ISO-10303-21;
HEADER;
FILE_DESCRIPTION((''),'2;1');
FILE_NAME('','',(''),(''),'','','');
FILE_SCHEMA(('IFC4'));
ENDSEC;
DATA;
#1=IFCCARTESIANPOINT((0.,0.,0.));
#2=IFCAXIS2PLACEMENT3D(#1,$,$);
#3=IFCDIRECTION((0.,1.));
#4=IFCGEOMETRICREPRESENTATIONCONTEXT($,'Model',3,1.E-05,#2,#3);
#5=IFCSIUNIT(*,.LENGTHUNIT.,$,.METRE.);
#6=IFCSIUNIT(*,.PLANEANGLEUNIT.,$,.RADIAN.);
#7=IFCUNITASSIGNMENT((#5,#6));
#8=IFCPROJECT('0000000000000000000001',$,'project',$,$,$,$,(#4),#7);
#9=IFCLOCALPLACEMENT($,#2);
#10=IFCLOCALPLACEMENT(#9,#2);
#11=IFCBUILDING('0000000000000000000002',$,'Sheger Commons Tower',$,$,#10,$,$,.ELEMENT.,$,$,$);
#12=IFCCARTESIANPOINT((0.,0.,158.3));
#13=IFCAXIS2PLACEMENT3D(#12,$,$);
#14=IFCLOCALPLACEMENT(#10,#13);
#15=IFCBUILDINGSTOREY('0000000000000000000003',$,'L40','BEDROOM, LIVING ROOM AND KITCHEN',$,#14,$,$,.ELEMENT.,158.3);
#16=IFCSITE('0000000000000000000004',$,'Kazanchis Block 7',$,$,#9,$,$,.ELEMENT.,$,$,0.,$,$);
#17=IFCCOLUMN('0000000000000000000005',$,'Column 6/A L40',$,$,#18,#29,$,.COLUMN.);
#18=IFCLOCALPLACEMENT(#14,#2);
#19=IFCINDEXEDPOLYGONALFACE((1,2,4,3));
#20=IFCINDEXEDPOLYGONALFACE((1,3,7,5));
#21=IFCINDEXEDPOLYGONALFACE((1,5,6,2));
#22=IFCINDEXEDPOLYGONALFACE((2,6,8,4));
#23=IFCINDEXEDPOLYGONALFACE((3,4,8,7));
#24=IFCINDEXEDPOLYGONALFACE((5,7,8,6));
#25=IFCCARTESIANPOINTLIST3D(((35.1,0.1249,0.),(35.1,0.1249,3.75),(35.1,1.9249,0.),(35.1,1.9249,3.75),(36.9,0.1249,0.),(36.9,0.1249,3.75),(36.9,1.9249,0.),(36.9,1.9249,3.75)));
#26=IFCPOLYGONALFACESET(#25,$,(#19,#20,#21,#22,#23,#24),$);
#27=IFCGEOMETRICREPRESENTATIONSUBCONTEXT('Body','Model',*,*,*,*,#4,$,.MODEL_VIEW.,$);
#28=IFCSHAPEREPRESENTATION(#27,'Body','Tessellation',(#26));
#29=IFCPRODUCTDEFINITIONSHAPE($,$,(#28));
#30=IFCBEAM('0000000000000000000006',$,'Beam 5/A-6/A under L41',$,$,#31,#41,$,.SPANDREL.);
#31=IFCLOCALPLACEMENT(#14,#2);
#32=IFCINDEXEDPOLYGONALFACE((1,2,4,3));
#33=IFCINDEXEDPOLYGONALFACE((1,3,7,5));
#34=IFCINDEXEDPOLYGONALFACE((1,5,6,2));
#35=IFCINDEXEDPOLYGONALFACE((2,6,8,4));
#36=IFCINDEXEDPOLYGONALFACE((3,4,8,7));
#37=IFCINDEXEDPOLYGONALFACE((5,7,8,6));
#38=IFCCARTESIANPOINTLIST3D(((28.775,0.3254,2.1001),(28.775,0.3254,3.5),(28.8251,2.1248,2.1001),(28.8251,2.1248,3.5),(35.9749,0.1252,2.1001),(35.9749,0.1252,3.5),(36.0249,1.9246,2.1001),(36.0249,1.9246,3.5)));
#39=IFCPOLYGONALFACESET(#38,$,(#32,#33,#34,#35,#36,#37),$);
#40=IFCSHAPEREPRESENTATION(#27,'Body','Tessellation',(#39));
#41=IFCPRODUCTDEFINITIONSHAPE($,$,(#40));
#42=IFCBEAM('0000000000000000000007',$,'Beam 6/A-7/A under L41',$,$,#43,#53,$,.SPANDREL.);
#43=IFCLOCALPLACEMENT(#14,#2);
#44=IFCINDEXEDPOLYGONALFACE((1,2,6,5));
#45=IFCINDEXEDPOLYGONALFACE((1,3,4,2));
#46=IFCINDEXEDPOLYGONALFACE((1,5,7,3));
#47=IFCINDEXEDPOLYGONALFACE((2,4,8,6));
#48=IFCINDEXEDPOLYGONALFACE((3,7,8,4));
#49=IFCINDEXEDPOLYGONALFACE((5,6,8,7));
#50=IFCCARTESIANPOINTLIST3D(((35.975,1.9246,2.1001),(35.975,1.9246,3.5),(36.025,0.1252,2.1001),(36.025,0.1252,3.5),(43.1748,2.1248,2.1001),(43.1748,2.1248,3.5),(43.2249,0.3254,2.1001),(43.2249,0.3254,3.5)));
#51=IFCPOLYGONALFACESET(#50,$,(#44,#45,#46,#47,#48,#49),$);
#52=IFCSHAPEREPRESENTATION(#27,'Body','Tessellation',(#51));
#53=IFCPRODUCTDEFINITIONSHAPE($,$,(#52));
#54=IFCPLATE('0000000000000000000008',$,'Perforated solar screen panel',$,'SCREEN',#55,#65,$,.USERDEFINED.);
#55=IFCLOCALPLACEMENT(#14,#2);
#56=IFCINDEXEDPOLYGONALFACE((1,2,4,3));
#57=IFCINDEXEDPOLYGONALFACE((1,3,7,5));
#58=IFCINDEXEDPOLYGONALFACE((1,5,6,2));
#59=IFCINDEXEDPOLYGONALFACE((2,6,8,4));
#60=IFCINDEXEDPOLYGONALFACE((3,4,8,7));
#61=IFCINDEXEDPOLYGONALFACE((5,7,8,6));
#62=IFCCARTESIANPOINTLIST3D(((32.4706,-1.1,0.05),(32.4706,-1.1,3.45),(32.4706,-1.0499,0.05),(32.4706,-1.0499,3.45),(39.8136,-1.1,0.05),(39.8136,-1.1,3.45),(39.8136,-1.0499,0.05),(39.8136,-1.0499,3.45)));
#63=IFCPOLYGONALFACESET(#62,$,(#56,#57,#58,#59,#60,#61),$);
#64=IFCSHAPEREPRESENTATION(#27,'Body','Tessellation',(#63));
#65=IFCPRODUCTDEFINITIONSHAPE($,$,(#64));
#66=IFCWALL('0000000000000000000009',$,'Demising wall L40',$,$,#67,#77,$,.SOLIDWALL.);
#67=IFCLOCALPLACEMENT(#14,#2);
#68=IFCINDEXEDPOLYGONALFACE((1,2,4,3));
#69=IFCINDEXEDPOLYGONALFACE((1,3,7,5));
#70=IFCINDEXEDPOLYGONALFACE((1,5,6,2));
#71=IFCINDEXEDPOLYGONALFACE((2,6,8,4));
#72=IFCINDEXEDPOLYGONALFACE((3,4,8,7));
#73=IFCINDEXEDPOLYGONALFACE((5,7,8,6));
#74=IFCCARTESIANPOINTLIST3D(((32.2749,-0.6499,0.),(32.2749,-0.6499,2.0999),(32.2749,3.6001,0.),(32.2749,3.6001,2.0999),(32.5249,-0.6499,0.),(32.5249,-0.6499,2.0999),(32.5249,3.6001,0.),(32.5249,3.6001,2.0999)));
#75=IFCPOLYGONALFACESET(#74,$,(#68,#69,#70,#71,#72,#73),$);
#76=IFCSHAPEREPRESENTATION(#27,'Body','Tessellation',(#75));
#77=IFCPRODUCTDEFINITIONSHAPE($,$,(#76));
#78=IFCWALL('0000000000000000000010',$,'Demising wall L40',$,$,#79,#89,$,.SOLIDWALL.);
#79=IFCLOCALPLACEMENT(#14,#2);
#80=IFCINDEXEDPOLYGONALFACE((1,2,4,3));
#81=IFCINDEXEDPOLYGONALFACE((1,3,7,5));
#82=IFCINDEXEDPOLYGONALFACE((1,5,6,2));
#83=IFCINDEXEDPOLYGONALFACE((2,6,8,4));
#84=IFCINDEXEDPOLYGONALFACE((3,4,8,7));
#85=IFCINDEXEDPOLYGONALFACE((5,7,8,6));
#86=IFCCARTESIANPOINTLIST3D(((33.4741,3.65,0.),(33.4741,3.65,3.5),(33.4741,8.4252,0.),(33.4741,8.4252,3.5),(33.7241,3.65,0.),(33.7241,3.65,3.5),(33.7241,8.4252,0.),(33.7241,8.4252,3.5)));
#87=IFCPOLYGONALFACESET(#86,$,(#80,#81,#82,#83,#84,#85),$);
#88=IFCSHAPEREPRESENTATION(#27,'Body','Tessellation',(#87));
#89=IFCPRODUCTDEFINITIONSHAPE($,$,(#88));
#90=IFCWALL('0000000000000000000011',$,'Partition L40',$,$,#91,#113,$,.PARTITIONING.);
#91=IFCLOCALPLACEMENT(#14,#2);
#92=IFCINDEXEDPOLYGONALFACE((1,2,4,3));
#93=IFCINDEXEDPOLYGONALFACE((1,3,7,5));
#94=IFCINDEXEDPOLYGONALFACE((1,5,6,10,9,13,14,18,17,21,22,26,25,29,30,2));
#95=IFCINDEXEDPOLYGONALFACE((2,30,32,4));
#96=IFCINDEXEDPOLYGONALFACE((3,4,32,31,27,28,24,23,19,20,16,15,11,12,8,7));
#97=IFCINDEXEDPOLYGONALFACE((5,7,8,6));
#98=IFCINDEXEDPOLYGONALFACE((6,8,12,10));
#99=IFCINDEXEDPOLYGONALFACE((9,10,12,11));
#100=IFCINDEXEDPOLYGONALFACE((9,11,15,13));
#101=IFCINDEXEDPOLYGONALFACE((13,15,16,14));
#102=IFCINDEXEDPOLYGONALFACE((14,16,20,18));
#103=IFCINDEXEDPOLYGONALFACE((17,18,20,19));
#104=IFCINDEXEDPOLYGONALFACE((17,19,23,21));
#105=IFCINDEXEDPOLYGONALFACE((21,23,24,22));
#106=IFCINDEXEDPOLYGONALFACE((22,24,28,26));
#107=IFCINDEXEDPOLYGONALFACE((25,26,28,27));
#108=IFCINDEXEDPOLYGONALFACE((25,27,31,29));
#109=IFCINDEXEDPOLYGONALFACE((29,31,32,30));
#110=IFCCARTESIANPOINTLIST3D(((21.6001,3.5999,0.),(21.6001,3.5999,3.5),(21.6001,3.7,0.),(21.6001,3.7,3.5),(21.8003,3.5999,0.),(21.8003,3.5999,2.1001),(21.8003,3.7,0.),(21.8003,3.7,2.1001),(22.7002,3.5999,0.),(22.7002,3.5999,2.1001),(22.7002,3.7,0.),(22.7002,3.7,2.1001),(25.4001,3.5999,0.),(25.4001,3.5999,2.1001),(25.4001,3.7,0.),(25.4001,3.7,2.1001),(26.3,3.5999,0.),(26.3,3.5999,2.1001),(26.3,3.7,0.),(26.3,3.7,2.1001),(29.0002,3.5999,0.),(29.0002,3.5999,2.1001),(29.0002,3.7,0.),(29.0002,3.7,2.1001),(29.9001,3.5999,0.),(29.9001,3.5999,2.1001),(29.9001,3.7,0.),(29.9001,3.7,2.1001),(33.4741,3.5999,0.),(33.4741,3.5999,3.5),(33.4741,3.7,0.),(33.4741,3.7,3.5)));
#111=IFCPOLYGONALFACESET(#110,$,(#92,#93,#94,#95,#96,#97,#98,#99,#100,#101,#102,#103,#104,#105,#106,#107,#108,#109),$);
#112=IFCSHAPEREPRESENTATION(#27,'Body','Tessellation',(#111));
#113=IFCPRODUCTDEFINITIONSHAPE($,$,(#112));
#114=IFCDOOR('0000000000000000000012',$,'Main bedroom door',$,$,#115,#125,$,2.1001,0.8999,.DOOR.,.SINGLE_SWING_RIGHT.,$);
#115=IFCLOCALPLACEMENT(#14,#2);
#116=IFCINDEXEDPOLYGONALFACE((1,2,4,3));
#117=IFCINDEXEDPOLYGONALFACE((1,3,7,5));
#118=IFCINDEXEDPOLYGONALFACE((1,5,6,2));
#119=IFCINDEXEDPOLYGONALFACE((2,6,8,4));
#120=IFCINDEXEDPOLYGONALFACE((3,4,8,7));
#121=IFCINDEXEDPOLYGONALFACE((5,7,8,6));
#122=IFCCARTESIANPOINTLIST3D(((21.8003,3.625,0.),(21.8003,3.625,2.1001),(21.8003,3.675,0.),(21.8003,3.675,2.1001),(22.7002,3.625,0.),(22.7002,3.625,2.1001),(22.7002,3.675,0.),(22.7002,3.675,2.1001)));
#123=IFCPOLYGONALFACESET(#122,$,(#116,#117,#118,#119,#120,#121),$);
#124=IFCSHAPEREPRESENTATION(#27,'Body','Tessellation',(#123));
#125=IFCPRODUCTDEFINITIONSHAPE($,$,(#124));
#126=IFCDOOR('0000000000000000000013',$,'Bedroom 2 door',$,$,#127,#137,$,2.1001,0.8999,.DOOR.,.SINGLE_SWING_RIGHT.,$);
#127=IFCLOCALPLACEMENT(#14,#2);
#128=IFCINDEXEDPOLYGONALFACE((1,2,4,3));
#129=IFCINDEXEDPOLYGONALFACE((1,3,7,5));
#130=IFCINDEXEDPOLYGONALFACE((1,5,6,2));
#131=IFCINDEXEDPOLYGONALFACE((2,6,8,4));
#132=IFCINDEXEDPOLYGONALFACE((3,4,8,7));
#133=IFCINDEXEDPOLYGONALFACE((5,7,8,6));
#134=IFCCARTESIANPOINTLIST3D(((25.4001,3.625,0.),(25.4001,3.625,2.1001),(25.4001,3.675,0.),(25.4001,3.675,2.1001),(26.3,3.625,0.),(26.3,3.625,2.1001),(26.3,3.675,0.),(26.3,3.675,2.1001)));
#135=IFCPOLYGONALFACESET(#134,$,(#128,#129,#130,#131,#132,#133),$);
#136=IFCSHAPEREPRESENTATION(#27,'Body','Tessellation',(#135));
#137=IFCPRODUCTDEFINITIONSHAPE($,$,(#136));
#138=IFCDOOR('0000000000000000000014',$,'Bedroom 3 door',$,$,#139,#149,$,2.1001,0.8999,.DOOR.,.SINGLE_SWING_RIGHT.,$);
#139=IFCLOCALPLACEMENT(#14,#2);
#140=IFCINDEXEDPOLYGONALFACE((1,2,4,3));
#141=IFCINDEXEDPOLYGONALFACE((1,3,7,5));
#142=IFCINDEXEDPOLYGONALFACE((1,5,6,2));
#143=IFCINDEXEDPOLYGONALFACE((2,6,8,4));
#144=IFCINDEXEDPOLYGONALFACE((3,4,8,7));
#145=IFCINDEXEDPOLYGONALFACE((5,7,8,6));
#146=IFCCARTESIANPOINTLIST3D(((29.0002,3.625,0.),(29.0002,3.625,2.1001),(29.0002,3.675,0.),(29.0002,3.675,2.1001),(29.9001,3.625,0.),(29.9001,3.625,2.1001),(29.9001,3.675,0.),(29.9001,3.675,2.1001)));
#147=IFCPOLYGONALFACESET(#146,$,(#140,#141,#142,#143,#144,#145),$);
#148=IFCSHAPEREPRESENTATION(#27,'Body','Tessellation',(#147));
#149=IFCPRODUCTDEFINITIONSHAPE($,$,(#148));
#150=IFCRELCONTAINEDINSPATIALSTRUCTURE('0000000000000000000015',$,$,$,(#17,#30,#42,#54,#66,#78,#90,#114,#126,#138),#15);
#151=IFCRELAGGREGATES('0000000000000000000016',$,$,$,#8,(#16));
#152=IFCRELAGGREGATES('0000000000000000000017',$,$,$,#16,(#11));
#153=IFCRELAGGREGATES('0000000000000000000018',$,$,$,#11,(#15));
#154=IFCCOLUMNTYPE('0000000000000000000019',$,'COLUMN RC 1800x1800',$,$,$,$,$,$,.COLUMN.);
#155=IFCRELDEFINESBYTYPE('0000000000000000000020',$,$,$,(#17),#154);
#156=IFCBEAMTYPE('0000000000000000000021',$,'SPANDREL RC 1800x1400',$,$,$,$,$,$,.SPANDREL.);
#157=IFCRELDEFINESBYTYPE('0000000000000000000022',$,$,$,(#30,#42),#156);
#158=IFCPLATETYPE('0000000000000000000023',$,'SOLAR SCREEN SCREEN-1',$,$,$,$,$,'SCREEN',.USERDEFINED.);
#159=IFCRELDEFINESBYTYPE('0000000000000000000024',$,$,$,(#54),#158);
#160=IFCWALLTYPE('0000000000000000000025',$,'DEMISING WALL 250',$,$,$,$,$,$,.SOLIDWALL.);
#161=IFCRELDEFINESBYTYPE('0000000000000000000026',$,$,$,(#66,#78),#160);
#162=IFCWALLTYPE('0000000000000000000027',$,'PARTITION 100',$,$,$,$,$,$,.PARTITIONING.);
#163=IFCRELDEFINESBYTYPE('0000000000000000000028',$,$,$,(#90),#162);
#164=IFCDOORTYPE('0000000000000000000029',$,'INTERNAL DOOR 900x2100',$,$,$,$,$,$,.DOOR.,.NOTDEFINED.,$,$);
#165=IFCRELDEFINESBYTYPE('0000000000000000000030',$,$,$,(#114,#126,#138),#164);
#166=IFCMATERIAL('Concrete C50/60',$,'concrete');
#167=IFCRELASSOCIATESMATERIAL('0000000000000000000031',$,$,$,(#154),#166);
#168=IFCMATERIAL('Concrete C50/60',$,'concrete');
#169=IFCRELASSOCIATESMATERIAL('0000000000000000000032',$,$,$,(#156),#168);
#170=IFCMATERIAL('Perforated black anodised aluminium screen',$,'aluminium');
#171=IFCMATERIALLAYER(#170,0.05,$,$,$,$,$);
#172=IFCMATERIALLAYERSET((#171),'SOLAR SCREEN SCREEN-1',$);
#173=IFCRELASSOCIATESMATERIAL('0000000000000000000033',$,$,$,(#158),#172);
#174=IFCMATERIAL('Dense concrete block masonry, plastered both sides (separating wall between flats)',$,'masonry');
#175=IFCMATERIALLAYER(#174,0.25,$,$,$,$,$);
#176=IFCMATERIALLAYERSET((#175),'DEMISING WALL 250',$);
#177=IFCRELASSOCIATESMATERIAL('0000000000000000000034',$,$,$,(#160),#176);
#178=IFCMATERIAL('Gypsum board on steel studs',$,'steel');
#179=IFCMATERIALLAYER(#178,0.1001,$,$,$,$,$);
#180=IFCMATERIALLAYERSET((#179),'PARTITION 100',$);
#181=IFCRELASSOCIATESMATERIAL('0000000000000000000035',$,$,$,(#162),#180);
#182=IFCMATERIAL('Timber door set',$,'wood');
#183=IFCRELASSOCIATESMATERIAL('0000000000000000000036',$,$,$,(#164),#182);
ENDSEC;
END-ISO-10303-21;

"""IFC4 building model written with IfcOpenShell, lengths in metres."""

from ifc_helpers import new_model, si_unit, direction, frame, frame_2d, origin, origin_2d, place, context, subcontext, project, spatial, rectangle, extrude, material, layer, layer_set, material_profile, profile_set, type_object, element, fill, save


model = new_model("IFC4")

# Units and contexts
model_context = context("Model", 3, precision=1e-05, world=origin(), true_north=direction((0.0, 1.0)))
body_context = subcontext(model_context, "Body", "Model", "MODEL_VIEW")
ifc_project = project(units=[si_unit("LENGTHUNIT", "METRE"), si_unit("PLANEANGLEUNIT", "RADIAN")], contexts=[model_context])

# Site, building, storey
site_placement = place(None, origin())
site = spatial("IfcSite", under=ifc_project, at=site_placement, Name="Kazanchis Block 7", CompositionType="ELEMENT", RefElevation=0.0)
building_placement = place(site_placement, origin())
building = spatial("IfcBuilding", under=site, at=building_placement, Name="Sheger Commons Tower", CompositionType="ELEMENT")
storey_placement = place(building_placement, frame((0.0, 0.0, 158.3)))
storey = spatial("IfcBuildingStorey", under=building, at=storey_placement, Name="L40", Description="BEDROOM, LIVING ROOM AND KITCHEN", CompositionType="ELEMENT", Elevation=158.3)

# Column
ifc_material_1 = material(Name="Concrete C50/60", Category="concrete")
ifc_material_profile_1 = material_profile(ifc_material_1, rectangle(XDim=1.8, YDim=1.8, at=origin_2d()), Name="RC 1800x1800")
ifc_profile_set_1 = profile_set([ifc_material_profile_1], Name="Concrete C50/60")
column_type = type_object("IfcColumnType", Name="COLUMN RC 1800x1800", PredefinedType="COLUMN", material=ifc_profile_set_1)
column_placement = place(storey_placement, frame((36.0, 1.0249, 0.0), z_axis=(0.0, 0.0, 1.0), x_axis=(1.0, 0.0, 0.0)))
element("IfcColumn", 1, at=column_placement, inside=storey, type_object=column_type, Name="Column 6/A L40", PredefinedType="COLUMN", context=body_context, shape_type="SweptSolid", body=[
    extrude(rectangle(XDim=1.8, YDim=1.8, at=origin_2d()), origin(), (0.0, 0.0, 1.0), 3.75),
])

# Beams
ifc_material_2 = material(Name="Concrete C50/60", Category="concrete")
ifc_material_profile_2 = material_profile(ifc_material_2, rectangle(XDim=1.8, YDim=1.3999, at=origin_2d()), Name="RC 1800x1400")
ifc_profile_set_2 = profile_set([ifc_material_profile_2], Name="Concrete C50/60")
beam_type = type_object("IfcBeamType", Name="SPANDREL RC 1800x1400", PredefinedType="SPANDREL", material=ifc_profile_set_2)
for number, where, z_axis, x_axis, name in (
    (2, (28.8, 1.2251, 2.8), (0.999614, -0.027794, 0.0), (0.027794, 0.999614, 0.0), "Beam 5/A-6/A under L41"),
    (3, (36.0, 1.0249, 2.8), (0.999614, 0.027794, 0.0), (-0.027794, 0.999614, 0.0), "Beam 6/A-7/A under L41"),
):
    element("IfcBeam", number, at=place(storey_placement, frame(where, z_axis=z_axis, x_axis=x_axis)), inside=storey, type_object=beam_type, Name=name, PredefinedType="SPANDREL", context=body_context, shape_type="SweptSolid", body=[
        extrude(rectangle(XDim=1.8, YDim=1.3999, at=origin_2d()), origin(), (0.0, 0.0, 1.0), 7.2026),
    ])

# Plate
ifc_material_3 = material(Name="Perforated black anodised aluminium screen", Category="aluminium")
ifc_layer_1 = layer(ifc_material_3, 0.05)
ifc_layer_set_1 = layer_set([ifc_layer_1], Name="SOLAR SCREEN SCREEN-1")
plate_type = type_object("IfcPlateType", Name="SOLAR SCREEN SCREEN-1", ElementType="SCREEN", PredefinedType="USERDEFINED", material=ifc_layer_set_1)
plate_placement = place(storey_placement, frame((36.1421, -1.075, 0.05), z_axis=(0.0, 0.0, 1.0), x_axis=(1.0, 0.0, 0.0)))
element("IfcPlate", 4, at=plate_placement, inside=storey, type_object=plate_type, Name="Perforated solar screen panel", ObjectType="SCREEN", PredefinedType="USERDEFINED", context=body_context, shape_type="SweptSolid", body=[
    extrude(rectangle(XDim=7.343, YDim=0.05, at=origin_2d()), origin(), (0.0, 0.0, 1.0), 3.3999),
])

# Walls
ifc_material_4 = material(Name="Dense concrete block masonry, plastered both sides (separating wall between flats)", Category="masonry")
ifc_layer_2 = layer(ifc_material_4, 0.25)
ifc_layer_set_2 = layer_set([ifc_layer_2], Name="DEMISING WALL 250")
wall_type_1 = type_object("IfcWallType", Name="DEMISING WALL 250", PredefinedType="SOLIDWALL", material=ifc_layer_set_2)
wall_1_placement = place(storey_placement, frame((32.3999, -0.6499, 0.0), z_axis=(0.0, 0.0, 1.0), x_axis=(0.0, 1.0, 0.0)))
element("IfcWall", 5, at=wall_1_placement, inside=storey, type_object=wall_type_1, Name="Demising wall L40", PredefinedType="SOLIDWALL", context=body_context, shape_type="SweptSolid", body=[
    extrude(rectangle(XDim=4.25, YDim=0.25, at=frame_2d((2.125, 0.0))), origin(), (0.0, 0.0, 1.0), 2.0999),
])
wall_2_placement = place(storey_placement, frame((33.5991, 3.6499, 0.0), z_axis=(0.0, 0.0, 1.0), x_axis=(0.0, 1.0, 0.0)))
element("IfcWall", 6, at=wall_2_placement, inside=storey, type_object=wall_type_1, Name="Demising wall L40", PredefinedType="SOLIDWALL", context=body_context, shape_type="SweptSolid", body=[
    extrude(rectangle(XDim=4.7751, YDim=0.25, at=frame_2d((2.3877, 0.0))), origin(), (0.0, 0.0, 1.0), 3.5),
])

# Wall, openings, doors
ifc_material_5 = material(Name="Gypsum board on steel studs", Category="steel")
ifc_layer_3 = layer(ifc_material_5, 0.1001)
ifc_layer_set_3 = layer_set([ifc_layer_3], Name="PARTITION 100")
wall_type_2 = type_object("IfcWallType", Name="PARTITION 100", PredefinedType="PARTITIONING", material=ifc_layer_set_3)
wall_3_placement = place(storey_placement, frame((33.4741, 3.6499, 0.0), z_axis=(0.0, 0.0, 1.0), x_axis=(-1.0, 0.0, 0.0)))
wall_3 = element("IfcWall", 7, at=wall_3_placement, inside=storey, type_object=wall_type_2, Name="Partition L40", PredefinedType="PARTITIONING", context=body_context, shape_type="SweptSolid", body=[
    extrude(rectangle(XDim=11.874, YDim=0.1001, at=frame_2d((5.937, 0.0))), origin(), (0.0, 0.0, 1.0), 3.5),
])
opening_1_placement = place(wall_3_placement, frame((10.7739, 0.0, 0.0)))
opening_1 = element("IfcOpeningElement", 8, at=opening_1_placement, cuts=wall_3, PredefinedType="OPENING", context=body_context, shape_type="SweptSolid", body=[
    extrude(rectangle(XDim=0.8999, YDim=2.1001, at=frame_2d((0.45, 1.05))), frame((0.0, 0.0601, 0.0), z_axis=(0.0, -1.0, 0.0), x_axis=(1.0, 0.0, 0.0)), (0.0, 0.0, 1.0), 0.1201),
])
opening_2_placement = place(wall_3_placement, frame((7.1741, 0.0, 0.0)))
opening_2 = element("IfcOpeningElement", 9, at=opening_2_placement, cuts=wall_3, PredefinedType="OPENING", context=body_context, shape_type="SweptSolid", body=[
    extrude(rectangle(XDim=0.8999, YDim=2.1001, at=frame_2d((0.45, 1.05))), frame((0.0, 0.0601, 0.0), z_axis=(0.0, -1.0, 0.0), x_axis=(1.0, 0.0, 0.0)), (0.0, 0.0, 1.0), 0.1201),
])
opening_3_placement = place(wall_3_placement, frame((3.574, 0.0, 0.0)))
opening_3 = element("IfcOpeningElement", 10, at=opening_3_placement, cuts=wall_3, PredefinedType="OPENING", context=body_context, shape_type="SweptSolid", body=[
    extrude(rectangle(XDim=0.8999, YDim=2.1001, at=frame_2d((0.45, 1.05))), frame((0.0, 0.0601, 0.0), z_axis=(0.0, -1.0, 0.0), x_axis=(1.0, 0.0, 0.0)), (0.0, 0.0, 1.0), 0.1201),
])
ifc_material_6 = material(Name="Timber door set", Category="wood")
door_type = type_object("IfcDoorType", Name="INTERNAL DOOR 900x2100", OperationType="NOTDEFINED", PredefinedType="DOOR", material=ifc_material_6)
door_1_placement = place(opening_1_placement, origin())
door_1 = element("IfcDoor", 11, at=door_1_placement, inside=storey, type_object=door_type, Name="Main bedroom door", OperationType="SINGLE_SWING_RIGHT", OverallHeight=2.1001, OverallWidth=0.8999, PredefinedType="DOOR", context=body_context, shape_type="SweptSolid", body=[
    extrude(rectangle(XDim=0.8999, YDim=2.1001, at=frame_2d((0.45, 1.05))), frame((0.0, 0.0249, 0.0), z_axis=(0.0, -1.0, 0.0), x_axis=(1.0, 0.0, 0.0)), (0.0, 0.0, 1.0), 0.05),
])
fill(opening_1, door_1)
door_2_placement = place(opening_2_placement, origin())
door_2 = element("IfcDoor", 12, at=door_2_placement, inside=storey, type_object=door_type, Name="Bedroom 2 door", OperationType="SINGLE_SWING_RIGHT", OverallHeight=2.1001, OverallWidth=0.8999, PredefinedType="DOOR", context=body_context, shape_type="SweptSolid", body=[
    extrude(rectangle(XDim=0.8999, YDim=2.1001, at=frame_2d((0.45, 1.05))), frame((0.0, 0.0249, 0.0), z_axis=(0.0, -1.0, 0.0), x_axis=(1.0, 0.0, 0.0)), (0.0, 0.0, 1.0), 0.05),
])
fill(opening_2, door_2)
door_3_placement = place(opening_3_placement, origin())
door_3 = element("IfcDoor", 13, at=door_3_placement, inside=storey, type_object=door_type, Name="Bedroom 3 door", OperationType="SINGLE_SWING_RIGHT", OverallHeight=2.1001, OverallWidth=0.8999, PredefinedType="DOOR", context=body_context, shape_type="SweptSolid", body=[
    extrude(rectangle(XDim=0.8999, YDim=2.1001, at=frame_2d((0.45, 1.05))), frame((0.0, 0.0249, 0.0), z_axis=(0.0, -1.0, 0.0), x_axis=(1.0, 0.0, 0.0)), (0.0, 0.0, 1.0), 0.05),
])
fill(opening_3, door_3)

save(model, "model.ifc")
